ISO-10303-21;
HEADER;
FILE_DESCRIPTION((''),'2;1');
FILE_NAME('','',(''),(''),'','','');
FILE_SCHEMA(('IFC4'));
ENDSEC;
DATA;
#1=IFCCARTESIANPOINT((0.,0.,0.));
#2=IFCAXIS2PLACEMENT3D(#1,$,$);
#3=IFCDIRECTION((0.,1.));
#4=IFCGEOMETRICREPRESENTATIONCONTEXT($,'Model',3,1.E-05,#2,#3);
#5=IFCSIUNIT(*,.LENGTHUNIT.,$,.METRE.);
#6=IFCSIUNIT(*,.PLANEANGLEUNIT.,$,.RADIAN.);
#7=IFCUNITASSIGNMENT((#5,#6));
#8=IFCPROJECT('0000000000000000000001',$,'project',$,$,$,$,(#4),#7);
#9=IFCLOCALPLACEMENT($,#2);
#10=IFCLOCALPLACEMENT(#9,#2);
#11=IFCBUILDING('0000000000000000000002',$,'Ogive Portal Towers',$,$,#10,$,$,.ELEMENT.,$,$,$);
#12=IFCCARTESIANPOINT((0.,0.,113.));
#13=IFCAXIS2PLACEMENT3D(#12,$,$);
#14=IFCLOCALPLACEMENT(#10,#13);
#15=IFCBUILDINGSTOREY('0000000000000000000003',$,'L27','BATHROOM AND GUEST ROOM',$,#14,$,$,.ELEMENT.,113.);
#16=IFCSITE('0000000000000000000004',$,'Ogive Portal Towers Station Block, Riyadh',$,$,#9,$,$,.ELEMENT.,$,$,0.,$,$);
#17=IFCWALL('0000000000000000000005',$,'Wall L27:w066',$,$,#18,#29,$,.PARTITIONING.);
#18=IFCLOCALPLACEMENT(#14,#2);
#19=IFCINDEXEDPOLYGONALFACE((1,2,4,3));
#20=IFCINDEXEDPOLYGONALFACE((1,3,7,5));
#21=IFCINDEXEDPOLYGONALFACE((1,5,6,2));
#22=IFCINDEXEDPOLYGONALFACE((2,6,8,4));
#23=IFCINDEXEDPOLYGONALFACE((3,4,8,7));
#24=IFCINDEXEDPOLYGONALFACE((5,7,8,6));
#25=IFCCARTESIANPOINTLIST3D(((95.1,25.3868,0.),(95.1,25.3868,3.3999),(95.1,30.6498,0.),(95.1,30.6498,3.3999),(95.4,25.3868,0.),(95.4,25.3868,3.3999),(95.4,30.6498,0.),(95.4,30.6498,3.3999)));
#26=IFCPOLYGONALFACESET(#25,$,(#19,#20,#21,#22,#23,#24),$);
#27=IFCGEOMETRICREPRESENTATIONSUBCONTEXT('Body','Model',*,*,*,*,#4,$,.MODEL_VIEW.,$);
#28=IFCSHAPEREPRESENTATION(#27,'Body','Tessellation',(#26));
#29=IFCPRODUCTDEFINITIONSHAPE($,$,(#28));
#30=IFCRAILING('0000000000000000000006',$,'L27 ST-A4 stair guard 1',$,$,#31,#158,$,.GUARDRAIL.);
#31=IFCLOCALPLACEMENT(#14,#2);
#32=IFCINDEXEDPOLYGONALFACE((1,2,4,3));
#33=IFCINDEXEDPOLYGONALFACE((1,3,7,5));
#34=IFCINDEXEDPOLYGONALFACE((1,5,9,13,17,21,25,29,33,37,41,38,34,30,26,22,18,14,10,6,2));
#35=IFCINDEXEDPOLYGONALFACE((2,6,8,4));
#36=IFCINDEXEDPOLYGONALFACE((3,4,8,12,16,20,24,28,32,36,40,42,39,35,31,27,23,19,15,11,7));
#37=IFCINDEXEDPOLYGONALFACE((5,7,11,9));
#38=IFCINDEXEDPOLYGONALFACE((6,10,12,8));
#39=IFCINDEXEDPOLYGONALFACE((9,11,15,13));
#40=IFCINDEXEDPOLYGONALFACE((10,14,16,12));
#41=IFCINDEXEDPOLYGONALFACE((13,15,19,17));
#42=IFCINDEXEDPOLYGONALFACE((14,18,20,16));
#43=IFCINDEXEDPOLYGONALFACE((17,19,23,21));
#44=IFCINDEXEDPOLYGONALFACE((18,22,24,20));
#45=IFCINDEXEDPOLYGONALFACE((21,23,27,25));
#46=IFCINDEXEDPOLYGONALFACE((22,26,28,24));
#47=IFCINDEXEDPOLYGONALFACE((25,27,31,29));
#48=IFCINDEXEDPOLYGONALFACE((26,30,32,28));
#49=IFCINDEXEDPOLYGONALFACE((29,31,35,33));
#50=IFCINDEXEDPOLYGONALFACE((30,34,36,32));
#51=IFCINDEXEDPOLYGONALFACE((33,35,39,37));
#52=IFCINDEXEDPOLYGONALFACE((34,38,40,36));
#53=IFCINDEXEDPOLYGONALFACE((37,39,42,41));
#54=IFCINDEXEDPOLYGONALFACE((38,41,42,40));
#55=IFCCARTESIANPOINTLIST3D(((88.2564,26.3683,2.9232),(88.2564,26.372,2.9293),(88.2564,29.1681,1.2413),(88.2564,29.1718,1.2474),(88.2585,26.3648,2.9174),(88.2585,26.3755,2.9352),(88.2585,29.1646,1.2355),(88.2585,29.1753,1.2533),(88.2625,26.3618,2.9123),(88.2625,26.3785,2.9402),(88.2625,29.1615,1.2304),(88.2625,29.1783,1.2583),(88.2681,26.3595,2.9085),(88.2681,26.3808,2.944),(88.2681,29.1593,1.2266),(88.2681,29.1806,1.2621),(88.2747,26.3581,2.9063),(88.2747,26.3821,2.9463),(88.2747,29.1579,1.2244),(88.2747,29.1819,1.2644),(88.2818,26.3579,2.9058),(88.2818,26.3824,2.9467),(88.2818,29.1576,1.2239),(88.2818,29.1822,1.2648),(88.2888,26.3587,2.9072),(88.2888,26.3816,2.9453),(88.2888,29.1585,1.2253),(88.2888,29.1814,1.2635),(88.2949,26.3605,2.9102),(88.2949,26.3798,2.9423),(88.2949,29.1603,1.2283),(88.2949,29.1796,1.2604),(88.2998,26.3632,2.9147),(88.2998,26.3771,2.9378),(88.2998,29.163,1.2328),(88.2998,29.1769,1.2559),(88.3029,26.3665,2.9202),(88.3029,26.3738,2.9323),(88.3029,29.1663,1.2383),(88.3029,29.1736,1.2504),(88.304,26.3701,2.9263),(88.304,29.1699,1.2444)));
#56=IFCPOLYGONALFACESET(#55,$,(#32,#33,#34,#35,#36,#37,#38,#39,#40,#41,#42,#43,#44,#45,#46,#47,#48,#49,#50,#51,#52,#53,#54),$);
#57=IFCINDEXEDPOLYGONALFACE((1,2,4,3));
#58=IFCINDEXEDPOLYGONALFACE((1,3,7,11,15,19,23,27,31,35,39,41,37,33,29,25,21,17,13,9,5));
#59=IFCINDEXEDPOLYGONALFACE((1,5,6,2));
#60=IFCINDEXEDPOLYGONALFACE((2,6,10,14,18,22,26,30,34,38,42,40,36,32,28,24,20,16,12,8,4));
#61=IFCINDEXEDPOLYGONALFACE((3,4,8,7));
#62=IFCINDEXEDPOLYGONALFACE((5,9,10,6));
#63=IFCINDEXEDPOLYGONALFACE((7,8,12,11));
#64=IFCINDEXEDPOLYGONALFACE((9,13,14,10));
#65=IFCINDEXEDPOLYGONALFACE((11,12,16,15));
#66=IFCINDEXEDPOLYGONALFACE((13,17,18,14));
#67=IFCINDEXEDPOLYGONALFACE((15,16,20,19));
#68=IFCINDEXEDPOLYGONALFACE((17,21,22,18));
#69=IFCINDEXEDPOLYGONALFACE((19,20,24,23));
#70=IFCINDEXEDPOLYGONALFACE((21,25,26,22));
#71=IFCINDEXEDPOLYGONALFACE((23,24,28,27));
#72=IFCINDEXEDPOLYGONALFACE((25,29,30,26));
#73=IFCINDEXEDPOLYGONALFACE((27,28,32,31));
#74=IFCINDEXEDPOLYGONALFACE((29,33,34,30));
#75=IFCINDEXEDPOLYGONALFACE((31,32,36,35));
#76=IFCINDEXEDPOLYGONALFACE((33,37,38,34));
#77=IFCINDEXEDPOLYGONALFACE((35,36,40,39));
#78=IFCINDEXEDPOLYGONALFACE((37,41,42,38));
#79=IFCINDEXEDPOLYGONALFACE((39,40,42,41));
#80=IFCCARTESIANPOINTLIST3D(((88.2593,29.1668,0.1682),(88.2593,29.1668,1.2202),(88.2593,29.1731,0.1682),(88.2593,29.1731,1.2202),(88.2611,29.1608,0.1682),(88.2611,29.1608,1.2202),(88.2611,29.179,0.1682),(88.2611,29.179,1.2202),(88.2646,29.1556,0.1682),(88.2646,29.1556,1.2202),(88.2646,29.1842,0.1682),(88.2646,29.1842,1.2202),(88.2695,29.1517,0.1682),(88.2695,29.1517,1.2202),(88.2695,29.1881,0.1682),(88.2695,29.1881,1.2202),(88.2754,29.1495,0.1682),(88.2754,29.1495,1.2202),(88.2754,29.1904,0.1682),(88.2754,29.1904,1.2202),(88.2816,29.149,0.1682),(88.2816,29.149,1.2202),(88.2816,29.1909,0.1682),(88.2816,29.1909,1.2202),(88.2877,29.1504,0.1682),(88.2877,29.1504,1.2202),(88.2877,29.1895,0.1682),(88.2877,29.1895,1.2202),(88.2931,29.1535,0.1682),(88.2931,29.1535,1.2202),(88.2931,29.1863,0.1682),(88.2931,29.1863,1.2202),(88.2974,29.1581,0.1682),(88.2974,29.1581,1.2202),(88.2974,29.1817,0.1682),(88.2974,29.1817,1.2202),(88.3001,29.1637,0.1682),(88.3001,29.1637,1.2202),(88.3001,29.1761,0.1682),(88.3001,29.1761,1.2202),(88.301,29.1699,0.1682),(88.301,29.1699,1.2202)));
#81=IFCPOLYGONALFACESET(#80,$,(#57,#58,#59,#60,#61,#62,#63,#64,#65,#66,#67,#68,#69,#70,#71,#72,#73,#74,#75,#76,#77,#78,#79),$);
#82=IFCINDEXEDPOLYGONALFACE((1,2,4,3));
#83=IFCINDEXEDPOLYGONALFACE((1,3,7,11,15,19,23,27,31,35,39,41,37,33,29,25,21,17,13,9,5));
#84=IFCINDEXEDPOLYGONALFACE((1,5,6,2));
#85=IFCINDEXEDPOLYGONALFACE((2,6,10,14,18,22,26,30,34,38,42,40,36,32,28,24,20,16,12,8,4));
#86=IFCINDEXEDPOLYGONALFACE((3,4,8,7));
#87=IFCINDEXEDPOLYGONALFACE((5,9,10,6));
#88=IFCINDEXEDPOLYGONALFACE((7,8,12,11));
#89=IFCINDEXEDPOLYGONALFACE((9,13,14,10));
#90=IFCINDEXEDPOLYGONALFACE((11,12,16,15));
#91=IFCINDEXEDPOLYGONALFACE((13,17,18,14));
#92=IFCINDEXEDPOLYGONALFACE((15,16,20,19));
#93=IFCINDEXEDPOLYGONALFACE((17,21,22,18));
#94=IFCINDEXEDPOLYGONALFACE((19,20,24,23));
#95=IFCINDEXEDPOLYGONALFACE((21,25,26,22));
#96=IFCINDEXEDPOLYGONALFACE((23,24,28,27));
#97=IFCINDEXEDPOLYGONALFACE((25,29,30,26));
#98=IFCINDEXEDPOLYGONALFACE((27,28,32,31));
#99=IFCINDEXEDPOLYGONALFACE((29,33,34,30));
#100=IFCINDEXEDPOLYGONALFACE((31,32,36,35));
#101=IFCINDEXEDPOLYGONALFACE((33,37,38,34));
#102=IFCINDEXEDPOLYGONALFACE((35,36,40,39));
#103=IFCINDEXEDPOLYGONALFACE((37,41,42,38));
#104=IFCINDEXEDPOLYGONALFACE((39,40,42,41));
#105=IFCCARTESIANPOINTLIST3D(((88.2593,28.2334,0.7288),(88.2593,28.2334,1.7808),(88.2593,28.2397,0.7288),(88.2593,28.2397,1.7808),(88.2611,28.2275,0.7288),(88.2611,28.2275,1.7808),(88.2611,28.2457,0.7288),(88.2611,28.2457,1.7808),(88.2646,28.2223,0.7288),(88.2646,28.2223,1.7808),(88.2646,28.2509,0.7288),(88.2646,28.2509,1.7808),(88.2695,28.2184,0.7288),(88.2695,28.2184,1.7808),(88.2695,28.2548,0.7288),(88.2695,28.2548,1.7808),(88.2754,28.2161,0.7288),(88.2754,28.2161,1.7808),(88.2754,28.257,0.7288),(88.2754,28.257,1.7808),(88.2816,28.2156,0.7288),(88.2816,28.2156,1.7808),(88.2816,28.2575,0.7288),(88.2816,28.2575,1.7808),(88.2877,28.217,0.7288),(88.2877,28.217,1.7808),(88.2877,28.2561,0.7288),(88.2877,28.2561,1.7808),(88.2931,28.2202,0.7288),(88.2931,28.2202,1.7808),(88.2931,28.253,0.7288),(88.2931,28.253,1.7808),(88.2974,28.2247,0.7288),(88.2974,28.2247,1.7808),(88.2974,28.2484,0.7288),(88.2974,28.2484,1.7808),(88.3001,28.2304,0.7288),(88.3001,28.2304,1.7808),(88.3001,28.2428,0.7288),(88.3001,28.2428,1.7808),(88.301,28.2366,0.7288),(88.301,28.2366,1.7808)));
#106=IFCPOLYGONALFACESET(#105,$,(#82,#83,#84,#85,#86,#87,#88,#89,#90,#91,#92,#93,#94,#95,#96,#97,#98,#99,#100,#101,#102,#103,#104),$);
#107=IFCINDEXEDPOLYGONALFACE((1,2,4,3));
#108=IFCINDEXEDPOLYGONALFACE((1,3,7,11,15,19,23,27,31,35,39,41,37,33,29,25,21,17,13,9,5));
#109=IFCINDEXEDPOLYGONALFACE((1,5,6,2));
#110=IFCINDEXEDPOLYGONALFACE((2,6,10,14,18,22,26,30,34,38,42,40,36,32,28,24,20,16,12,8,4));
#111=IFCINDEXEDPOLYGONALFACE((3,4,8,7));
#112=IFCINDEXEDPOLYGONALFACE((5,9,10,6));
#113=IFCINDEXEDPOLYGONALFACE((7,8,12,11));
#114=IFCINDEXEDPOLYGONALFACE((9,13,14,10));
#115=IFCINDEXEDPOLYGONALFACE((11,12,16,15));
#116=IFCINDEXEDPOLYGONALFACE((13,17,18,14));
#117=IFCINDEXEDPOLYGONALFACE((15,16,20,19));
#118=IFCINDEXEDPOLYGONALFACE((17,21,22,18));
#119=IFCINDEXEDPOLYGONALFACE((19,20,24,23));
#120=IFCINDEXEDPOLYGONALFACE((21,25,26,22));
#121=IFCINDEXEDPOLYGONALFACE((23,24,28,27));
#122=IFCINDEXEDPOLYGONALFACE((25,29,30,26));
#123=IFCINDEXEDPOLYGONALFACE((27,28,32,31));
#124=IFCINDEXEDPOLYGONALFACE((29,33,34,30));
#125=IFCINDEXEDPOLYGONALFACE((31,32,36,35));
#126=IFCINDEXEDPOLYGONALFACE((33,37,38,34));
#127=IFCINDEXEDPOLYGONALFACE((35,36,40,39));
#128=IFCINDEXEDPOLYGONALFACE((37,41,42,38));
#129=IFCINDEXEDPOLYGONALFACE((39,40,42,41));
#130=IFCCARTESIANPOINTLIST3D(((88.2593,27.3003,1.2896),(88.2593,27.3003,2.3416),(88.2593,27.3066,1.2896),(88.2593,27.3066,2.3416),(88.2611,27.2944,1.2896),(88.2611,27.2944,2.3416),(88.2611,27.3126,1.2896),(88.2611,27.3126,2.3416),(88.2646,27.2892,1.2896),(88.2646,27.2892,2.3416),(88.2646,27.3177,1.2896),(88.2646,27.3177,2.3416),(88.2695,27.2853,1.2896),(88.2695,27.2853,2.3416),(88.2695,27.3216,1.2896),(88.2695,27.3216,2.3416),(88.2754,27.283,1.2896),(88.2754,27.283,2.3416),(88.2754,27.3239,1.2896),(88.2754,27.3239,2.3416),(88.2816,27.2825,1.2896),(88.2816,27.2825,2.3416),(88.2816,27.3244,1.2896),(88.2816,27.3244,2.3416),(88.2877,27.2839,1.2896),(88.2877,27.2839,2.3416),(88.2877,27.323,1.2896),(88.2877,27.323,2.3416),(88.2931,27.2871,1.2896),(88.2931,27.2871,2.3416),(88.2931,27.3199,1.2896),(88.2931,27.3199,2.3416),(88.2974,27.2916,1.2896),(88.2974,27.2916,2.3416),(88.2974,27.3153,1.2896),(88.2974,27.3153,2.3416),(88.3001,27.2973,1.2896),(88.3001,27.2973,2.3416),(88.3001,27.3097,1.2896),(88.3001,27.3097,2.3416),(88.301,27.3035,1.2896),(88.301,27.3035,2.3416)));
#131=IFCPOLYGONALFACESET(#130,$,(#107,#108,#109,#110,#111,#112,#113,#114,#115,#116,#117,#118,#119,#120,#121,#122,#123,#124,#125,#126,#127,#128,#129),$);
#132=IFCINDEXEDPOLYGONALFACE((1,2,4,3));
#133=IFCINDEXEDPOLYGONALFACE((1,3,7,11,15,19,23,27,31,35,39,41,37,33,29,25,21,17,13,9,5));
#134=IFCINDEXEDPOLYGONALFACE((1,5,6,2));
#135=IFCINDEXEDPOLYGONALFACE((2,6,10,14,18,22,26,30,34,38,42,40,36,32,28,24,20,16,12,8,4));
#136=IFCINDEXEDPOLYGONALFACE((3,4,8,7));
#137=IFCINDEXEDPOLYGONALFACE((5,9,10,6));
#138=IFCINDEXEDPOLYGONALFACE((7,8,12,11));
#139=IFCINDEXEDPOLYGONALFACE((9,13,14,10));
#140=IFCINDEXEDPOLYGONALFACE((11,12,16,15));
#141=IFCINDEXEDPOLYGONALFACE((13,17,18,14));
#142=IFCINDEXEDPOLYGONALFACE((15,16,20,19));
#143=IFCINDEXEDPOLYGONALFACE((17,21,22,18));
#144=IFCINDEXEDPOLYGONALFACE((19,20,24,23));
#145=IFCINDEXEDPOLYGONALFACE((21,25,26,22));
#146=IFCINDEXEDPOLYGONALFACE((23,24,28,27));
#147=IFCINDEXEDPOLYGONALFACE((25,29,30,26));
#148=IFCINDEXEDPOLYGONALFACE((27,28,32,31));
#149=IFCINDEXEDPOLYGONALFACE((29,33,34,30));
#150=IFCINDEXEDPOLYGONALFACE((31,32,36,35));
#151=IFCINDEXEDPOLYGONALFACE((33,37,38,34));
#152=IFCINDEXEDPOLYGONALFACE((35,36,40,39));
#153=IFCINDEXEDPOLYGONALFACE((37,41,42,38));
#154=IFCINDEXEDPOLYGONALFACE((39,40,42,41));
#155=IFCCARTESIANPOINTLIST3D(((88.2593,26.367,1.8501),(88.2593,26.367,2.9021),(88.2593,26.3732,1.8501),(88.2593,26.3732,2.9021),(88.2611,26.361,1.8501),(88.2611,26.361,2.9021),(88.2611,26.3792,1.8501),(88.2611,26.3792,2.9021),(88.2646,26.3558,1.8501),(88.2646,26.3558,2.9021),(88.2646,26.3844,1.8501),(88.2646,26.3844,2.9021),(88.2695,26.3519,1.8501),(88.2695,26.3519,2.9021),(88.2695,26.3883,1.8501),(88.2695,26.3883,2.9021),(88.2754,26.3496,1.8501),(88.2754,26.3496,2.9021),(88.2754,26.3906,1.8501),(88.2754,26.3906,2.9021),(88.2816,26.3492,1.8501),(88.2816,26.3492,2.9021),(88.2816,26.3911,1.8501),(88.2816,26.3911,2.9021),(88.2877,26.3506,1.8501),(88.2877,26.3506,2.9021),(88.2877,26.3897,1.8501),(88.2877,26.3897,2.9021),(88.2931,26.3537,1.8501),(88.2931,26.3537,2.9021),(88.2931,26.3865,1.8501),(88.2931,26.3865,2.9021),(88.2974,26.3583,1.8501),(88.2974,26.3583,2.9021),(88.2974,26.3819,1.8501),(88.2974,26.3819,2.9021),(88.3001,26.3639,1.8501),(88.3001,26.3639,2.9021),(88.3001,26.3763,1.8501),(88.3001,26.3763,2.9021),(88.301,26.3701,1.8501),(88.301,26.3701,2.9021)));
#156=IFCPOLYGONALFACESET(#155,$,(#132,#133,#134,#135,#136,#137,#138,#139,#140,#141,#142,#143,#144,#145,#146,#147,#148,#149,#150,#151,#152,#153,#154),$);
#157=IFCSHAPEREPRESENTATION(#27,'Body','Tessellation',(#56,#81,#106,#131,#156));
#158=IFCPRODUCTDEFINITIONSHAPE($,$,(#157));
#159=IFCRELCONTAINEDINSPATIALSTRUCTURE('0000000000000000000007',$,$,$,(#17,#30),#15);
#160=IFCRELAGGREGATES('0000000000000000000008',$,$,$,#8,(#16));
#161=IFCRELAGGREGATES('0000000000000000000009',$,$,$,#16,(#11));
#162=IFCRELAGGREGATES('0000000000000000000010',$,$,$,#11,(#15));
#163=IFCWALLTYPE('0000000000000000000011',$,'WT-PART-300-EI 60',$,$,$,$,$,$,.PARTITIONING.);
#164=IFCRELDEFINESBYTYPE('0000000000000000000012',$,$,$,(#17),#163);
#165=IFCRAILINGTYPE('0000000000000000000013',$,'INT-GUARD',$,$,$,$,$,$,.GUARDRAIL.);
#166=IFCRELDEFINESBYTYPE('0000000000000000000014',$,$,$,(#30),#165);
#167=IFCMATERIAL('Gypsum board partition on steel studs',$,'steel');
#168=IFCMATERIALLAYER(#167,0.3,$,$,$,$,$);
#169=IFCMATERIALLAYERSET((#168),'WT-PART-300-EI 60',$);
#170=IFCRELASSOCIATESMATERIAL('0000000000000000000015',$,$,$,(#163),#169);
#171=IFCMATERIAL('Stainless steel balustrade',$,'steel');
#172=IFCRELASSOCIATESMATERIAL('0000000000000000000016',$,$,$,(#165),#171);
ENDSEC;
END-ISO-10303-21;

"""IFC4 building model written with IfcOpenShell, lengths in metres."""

from ifc_helpers import new_model, si_unit, direction, frame, frame_2d, origin, origin_2d, place, context, subcontext, project, spatial, rectangle, circle, extrude, material, layer, layer_set, type_object, element, save


model = new_model("IFC4")

# Units and contexts
model_context = context("Model", 3, precision=1e-05, world=origin(), true_north=direction((0.0, 1.0)))
body_context = subcontext(model_context, "Body", "Model", "MODEL_VIEW")
ifc_project = project(units=[si_unit("LENGTHUNIT", "METRE"), si_unit("PLANEANGLEUNIT", "RADIAN")], contexts=[model_context])

# Site, building, storey
site_placement = place(None, origin())
site = spatial("IfcSite", under=ifc_project, at=site_placement, Name="Ogive Portal Towers Station Block, Riyadh", CompositionType="ELEMENT", RefElevation=0.0)
building_placement = place(site_placement, origin())
building = spatial("IfcBuilding", under=site, at=building_placement, Name="Ogive Portal Towers", CompositionType="ELEMENT")
storey_placement = place(building_placement, frame((0.0, 0.0, 113.0)))
storey = spatial("IfcBuildingStorey", under=building, at=storey_placement, Name="L27", Description="BATHROOM AND GUEST ROOM", CompositionType="ELEMENT", Elevation=113.0)

# Wall
ifc_material_1 = material(Name="Gypsum board partition on steel studs", Category="steel")
ifc_layer_1 = layer(ifc_material_1, 0.3)
ifc_layer_set_1 = layer_set([ifc_layer_1], Name="WT-PART-300-EI 60")
wall_type_1 = type_object("IfcWallType", Name="WT-PART-300-EI 60", PredefinedType="PARTITIONING", material=ifc_layer_set_1)
wall_1_placement = place(storey_placement, frame((95.25, 25.387, 0.0), z_axis=(0.0, 0.0, 1.0), x_axis=(0.0, 1.0, 0.0)))
element("IfcWall", 1, at=wall_1_placement, inside=storey, type_object=wall_type_1, Name="Wall L27:w066", PredefinedType="PARTITIONING", context=body_context, shape_type="SweptSolid", body=[
    extrude(rectangle(XDim=5.2629, YDim=0.3, at=frame_2d((2.6313, 0.0))), origin(), (0.0, 0.0, 1.0), 3.3999),
])

# Railing
ifc_material_2 = material(Name="Stainless steel balustrade", Category="steel")
railing_type_1 = type_object("IfcRailingType", Name="INT-GUARD", PredefinedType="GUARDRAIL", material=ifc_material_2)
railing_1_placement = place(storey_placement, frame((88.28, 29.1699, 0.1682)))
element("IfcRailing", 2, at=railing_1_placement, inside=storey, type_object=railing_type_1, Name="L27 ST-A4 stair guard 1", PredefinedType="GUARDRAIL", context=body_context, shape_type="SweptSolid", body=[
    extrude(circle(Radius=0.0239, at=origin_2d()), frame((0.0, 0.0, 1.0762), z_axis=(0.0, -0.857222, 0.514946), x_axis=(1.0, 0.0, 0.0)), (0.0, 0.0, 1.0), 3.2661),
    extrude(circle(Radius=0.021, at=origin_2d()), origin(), (0.0, 0.0, 1.0), 1.052),
    extrude(circle(Radius=0.021, at=origin_2d()), frame((0.0, -0.9333, 0.5605)), (0.0, 0.0, 1.0), 1.052),
    extrude(circle(Radius=0.021, at=origin_2d()), frame((0.0, -1.8665, 1.1213)), (0.0, 0.0, 1.0), 1.052),
    extrude(circle(Radius=0.021, at=origin_2d()), frame((0.0, -2.7998, 1.6819)), (0.0, 0.0, 1.0), 1.052),
])

save(model, "model.ifc")
